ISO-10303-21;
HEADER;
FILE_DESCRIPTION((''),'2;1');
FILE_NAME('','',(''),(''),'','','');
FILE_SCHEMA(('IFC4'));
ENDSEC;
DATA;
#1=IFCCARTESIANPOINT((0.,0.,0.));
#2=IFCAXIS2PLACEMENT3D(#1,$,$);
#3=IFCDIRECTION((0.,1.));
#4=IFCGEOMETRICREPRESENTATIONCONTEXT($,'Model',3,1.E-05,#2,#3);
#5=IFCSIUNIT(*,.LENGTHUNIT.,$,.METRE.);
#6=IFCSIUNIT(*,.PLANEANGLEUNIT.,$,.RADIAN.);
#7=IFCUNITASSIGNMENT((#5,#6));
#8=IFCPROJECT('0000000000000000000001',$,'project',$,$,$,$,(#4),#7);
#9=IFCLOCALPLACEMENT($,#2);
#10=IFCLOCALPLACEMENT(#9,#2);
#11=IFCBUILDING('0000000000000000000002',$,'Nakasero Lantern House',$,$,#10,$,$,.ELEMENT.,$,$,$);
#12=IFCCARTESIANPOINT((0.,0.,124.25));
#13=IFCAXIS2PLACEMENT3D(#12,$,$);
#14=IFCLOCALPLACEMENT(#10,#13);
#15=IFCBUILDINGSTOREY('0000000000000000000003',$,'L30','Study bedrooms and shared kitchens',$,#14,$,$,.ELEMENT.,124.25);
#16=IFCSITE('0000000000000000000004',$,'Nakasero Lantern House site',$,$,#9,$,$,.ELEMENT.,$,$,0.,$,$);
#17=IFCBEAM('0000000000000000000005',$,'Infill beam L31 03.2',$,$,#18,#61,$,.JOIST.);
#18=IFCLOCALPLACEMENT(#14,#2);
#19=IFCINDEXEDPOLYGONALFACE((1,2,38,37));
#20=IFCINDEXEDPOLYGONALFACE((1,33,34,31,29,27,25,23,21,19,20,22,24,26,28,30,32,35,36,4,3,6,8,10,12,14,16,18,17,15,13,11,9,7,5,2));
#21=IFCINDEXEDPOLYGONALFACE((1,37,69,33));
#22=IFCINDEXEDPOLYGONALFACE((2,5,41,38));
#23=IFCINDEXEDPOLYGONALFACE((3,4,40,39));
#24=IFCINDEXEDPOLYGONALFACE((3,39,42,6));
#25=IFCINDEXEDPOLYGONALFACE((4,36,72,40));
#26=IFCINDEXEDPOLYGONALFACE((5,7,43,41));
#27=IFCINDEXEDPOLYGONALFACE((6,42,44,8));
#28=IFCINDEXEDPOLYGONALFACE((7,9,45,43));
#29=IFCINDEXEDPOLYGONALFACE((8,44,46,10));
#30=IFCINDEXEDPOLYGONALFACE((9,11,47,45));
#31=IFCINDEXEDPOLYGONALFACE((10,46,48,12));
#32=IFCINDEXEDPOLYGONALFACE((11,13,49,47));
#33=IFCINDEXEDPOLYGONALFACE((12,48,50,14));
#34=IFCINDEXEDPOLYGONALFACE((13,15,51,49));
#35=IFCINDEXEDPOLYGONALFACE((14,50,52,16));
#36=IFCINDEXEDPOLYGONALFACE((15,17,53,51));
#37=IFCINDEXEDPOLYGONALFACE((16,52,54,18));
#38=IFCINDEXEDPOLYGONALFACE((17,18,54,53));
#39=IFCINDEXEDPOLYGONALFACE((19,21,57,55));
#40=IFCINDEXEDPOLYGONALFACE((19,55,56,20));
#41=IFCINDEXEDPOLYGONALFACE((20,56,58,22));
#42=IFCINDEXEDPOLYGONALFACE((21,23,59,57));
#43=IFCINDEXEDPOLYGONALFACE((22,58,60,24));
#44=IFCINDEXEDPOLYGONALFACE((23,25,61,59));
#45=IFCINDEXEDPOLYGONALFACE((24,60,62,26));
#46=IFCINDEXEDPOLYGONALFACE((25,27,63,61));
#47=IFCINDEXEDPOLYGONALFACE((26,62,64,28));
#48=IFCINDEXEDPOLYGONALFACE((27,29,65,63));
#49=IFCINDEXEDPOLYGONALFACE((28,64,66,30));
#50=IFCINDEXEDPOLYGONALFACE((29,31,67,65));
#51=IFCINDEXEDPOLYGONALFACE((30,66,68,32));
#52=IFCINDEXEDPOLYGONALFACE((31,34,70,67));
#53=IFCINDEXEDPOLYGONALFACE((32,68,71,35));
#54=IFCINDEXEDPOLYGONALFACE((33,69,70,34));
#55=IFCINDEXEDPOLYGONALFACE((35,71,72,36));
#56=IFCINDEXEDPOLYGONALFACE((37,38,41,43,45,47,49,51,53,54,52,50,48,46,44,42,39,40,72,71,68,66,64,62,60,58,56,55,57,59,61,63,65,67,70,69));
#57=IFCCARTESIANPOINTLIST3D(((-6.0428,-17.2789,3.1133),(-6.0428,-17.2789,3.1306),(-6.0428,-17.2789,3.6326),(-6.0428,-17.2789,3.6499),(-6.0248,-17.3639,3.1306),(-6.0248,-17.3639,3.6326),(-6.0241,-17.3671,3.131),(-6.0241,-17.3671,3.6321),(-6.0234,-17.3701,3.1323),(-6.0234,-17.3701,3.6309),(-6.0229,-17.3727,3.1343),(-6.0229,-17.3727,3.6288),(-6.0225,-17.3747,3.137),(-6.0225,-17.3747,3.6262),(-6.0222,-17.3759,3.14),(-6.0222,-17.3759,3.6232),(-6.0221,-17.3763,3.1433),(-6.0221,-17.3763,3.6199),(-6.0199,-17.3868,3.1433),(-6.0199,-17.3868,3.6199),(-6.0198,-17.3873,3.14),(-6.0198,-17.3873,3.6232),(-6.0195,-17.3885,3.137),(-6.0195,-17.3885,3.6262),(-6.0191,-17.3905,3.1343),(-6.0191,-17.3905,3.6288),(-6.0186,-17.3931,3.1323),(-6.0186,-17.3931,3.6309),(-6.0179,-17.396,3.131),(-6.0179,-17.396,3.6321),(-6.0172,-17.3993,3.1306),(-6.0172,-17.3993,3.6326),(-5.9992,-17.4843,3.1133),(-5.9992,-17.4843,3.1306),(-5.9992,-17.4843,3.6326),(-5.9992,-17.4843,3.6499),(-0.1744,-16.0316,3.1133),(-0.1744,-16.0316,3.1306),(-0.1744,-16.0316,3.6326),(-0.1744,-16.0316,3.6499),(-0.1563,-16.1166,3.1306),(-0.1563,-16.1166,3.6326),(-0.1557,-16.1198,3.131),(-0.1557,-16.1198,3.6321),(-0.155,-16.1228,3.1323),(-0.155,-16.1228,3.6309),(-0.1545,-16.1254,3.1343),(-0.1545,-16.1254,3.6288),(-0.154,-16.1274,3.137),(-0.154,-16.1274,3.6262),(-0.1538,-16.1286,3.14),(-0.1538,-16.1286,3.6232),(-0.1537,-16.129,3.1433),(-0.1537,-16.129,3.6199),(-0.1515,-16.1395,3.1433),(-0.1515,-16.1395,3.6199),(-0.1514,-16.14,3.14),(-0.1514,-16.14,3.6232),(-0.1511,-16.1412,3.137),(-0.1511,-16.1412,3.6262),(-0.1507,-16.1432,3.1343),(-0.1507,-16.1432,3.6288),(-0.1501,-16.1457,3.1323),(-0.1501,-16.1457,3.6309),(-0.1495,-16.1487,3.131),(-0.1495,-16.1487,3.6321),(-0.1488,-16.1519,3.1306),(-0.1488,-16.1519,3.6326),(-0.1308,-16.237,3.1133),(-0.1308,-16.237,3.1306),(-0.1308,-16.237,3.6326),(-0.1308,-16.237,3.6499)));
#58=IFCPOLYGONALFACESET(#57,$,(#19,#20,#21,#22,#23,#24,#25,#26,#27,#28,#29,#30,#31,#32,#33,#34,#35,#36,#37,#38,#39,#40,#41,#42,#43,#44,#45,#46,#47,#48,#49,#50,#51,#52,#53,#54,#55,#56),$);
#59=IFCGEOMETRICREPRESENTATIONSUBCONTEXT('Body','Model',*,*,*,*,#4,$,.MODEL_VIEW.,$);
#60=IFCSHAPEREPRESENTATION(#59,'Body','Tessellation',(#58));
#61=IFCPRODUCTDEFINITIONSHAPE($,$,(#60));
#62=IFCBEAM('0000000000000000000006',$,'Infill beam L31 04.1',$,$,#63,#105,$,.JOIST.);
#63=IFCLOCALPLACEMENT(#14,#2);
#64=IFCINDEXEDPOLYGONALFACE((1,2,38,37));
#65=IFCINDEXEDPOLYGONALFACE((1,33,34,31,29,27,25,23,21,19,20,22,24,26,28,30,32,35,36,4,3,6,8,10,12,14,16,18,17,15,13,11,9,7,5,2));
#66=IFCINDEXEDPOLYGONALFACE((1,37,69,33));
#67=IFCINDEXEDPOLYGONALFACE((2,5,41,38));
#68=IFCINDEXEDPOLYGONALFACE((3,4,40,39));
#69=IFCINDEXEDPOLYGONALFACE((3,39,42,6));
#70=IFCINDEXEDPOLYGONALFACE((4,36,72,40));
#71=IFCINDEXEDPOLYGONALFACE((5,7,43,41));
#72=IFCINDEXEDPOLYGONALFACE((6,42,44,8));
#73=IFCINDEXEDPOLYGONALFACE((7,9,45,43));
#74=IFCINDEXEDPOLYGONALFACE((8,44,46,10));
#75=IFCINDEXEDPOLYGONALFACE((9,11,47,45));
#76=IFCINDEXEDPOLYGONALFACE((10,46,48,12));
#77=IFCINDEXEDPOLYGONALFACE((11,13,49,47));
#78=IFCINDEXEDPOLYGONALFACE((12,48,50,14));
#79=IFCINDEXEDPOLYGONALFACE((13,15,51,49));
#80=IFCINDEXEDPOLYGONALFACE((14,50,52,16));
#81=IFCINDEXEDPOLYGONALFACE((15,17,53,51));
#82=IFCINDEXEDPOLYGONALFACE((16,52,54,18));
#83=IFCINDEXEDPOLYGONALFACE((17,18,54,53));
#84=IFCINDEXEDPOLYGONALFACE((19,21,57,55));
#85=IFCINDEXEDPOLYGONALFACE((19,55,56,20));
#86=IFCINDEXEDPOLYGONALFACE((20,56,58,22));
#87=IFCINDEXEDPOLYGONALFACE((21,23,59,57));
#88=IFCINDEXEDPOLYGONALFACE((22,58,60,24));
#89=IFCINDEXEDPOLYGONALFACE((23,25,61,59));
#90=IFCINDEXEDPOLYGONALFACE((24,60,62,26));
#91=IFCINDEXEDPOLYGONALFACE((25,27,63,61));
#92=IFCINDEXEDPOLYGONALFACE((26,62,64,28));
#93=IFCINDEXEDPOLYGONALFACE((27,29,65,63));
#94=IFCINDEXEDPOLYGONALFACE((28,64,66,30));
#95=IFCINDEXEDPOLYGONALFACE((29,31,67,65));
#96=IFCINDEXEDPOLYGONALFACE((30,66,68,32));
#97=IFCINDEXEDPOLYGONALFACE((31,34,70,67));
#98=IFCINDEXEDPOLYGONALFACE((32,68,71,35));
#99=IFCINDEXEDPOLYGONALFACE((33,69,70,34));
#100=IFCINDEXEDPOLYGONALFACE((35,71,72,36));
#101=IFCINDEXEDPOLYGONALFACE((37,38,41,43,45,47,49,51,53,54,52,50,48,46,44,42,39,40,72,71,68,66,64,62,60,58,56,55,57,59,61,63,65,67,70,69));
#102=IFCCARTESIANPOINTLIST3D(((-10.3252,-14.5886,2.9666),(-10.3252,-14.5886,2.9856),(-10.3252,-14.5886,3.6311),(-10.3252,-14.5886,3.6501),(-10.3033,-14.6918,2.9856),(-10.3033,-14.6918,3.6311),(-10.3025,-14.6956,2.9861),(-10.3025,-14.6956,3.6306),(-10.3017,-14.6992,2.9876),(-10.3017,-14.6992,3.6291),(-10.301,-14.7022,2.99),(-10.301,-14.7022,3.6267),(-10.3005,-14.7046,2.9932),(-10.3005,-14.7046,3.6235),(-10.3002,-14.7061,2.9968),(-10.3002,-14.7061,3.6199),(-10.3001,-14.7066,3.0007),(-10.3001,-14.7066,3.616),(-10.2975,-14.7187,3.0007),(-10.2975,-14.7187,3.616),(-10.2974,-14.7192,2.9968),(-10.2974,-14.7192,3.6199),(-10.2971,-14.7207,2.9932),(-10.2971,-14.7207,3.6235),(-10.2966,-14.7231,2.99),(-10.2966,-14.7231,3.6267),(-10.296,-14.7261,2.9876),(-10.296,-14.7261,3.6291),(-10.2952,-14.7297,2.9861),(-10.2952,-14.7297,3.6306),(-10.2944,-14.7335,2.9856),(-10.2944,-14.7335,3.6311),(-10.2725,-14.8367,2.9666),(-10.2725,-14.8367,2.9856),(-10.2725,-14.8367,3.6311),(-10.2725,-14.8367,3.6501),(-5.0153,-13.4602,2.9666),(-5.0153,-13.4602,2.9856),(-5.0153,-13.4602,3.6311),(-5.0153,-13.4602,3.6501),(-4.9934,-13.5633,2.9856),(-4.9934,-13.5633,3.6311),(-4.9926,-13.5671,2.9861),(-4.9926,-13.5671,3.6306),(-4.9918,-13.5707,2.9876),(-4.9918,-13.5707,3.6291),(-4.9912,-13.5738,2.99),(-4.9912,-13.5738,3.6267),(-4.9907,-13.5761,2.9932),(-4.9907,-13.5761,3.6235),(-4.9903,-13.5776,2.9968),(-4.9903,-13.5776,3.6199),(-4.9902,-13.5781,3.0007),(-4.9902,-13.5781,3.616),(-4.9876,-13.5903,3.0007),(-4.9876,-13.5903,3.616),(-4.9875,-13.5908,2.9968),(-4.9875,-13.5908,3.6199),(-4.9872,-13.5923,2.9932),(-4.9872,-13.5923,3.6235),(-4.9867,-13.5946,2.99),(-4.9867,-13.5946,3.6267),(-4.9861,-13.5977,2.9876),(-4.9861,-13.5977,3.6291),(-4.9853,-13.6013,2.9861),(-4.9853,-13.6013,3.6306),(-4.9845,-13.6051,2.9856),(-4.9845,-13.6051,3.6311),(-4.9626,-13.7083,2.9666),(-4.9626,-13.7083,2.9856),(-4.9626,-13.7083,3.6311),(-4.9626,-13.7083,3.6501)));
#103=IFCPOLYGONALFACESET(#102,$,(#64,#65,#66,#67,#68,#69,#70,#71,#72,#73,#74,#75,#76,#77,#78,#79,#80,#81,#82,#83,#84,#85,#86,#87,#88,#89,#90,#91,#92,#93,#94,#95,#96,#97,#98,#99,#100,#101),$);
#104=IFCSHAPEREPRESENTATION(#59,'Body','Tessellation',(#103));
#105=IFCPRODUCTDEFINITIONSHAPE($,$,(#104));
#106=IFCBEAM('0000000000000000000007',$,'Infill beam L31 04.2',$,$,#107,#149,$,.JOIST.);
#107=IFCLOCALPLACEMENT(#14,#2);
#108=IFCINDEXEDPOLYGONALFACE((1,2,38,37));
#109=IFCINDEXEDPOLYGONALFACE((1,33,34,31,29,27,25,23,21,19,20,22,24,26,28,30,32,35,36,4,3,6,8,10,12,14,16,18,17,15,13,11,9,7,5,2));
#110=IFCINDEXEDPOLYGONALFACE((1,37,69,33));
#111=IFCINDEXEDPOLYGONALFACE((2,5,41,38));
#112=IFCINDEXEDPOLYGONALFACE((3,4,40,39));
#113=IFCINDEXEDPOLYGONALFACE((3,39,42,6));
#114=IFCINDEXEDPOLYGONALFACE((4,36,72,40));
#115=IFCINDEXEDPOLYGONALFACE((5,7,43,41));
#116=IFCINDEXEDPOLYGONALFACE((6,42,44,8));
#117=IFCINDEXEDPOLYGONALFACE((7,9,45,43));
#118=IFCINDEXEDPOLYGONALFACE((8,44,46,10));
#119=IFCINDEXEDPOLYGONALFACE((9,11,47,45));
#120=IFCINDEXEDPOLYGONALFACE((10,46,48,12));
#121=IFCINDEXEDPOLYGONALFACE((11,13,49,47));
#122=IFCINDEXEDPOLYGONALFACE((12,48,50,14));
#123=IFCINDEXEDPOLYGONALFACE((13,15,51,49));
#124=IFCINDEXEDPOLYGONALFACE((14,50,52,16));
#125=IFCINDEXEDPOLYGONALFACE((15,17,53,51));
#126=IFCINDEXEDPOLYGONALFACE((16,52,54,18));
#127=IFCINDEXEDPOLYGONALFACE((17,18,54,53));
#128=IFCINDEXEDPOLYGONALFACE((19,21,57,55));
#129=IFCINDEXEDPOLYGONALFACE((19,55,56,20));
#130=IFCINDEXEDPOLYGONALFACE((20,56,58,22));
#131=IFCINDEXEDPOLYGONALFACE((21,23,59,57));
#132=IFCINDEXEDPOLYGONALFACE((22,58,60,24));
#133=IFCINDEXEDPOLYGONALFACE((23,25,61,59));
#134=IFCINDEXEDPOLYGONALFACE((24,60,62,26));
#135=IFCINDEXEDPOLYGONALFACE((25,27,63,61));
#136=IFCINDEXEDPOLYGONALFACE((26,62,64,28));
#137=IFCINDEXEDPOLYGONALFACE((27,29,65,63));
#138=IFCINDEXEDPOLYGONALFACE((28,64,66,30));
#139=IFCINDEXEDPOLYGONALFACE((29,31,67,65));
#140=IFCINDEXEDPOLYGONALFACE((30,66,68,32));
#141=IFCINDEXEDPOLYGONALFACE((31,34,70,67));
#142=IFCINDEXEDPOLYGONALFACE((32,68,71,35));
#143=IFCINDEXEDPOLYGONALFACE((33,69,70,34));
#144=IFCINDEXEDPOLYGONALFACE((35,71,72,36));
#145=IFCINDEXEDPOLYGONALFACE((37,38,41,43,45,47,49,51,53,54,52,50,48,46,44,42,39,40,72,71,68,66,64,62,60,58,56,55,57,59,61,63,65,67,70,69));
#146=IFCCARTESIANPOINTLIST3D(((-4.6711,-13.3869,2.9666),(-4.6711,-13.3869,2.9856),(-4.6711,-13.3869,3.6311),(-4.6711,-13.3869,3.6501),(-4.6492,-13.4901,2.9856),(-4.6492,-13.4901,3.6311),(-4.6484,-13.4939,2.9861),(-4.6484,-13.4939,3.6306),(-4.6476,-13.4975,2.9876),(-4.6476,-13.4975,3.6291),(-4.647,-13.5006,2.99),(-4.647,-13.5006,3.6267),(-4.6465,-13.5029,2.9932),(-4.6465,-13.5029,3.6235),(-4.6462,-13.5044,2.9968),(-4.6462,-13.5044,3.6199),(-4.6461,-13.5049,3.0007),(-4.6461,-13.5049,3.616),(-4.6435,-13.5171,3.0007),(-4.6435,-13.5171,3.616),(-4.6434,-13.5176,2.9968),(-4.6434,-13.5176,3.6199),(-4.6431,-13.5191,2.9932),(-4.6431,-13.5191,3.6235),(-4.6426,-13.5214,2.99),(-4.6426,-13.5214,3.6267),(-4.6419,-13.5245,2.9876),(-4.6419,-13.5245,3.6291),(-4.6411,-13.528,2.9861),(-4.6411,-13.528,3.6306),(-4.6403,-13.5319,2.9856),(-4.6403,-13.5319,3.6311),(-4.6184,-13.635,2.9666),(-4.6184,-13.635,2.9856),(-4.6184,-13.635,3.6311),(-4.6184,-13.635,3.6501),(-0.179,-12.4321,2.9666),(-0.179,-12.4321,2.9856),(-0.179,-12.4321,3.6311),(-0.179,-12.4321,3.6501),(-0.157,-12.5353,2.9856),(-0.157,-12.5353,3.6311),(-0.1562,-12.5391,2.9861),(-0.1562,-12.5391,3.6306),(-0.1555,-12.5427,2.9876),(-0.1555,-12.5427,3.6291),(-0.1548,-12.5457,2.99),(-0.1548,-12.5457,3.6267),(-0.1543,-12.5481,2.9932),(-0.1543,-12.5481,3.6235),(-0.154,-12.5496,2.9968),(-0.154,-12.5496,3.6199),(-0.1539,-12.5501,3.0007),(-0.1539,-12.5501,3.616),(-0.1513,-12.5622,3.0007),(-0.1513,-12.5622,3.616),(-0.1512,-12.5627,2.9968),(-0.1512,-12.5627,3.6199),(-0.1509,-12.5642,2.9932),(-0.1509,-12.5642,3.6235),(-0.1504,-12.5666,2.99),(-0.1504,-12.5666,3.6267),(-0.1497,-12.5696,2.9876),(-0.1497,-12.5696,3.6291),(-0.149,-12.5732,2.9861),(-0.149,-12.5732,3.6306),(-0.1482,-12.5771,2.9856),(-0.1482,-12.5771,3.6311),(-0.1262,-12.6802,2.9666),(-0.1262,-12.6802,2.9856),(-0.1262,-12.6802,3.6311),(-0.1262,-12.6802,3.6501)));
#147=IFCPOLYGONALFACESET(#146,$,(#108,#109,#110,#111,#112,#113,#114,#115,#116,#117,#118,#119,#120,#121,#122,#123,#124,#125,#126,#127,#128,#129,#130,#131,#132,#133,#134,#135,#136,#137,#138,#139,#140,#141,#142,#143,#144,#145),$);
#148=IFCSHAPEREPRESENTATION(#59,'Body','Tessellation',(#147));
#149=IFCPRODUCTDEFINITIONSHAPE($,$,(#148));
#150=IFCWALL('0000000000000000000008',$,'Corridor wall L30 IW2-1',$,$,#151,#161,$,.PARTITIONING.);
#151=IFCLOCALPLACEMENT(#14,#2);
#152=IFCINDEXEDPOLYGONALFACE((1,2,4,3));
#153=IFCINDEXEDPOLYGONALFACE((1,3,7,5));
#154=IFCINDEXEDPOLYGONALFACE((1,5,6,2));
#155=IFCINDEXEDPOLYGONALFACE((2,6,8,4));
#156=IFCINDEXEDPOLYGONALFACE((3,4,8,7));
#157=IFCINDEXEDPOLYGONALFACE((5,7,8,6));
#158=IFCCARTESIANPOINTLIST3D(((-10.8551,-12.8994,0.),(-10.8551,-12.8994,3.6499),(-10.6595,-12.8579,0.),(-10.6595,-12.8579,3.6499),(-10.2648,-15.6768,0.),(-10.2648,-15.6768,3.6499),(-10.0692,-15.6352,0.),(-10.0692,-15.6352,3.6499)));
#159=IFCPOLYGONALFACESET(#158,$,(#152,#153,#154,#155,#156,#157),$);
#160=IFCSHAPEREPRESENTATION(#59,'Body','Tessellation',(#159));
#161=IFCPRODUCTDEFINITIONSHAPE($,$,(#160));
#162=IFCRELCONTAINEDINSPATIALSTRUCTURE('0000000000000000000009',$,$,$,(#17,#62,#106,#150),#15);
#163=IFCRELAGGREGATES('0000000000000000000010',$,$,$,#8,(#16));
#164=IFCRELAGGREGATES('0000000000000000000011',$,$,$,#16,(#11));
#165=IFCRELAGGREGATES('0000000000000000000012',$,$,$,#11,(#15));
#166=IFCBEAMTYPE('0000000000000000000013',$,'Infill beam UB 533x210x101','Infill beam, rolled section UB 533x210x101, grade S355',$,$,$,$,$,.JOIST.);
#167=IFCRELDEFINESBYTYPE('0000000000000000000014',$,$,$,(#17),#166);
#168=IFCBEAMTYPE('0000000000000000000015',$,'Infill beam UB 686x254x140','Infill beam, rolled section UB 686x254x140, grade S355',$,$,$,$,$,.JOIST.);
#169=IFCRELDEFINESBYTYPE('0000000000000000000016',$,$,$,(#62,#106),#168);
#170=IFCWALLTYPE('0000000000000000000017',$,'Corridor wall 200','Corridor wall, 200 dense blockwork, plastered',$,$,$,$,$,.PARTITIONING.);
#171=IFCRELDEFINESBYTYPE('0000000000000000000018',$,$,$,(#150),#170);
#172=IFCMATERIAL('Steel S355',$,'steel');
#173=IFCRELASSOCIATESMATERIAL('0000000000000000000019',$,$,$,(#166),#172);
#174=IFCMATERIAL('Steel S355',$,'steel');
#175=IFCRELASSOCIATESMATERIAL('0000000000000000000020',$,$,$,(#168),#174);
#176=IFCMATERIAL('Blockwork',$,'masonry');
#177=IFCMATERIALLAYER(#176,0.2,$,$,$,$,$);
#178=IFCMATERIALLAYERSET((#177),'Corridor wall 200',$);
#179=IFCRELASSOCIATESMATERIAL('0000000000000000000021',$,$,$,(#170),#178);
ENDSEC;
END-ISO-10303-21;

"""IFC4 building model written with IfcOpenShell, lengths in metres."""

from ifc_helpers import new_model, si_unit, direction, frame, frame_2d, origin, origin_2d, place, context, subcontext, project, spatial, rectangle, i_section, extrude, material, layer, layer_set, material_profile, profile_set, type_object, element, save


model = new_model("IFC4")

# Units and contexts
model_context = context("Model", 3, precision=1e-05, world=origin(), true_north=direction((0.0, 1.0)))
body_context = subcontext(model_context, "Body", "Model", "MODEL_VIEW")
ifc_project = project(units=[si_unit("LENGTHUNIT", "METRE"), si_unit("PLANEANGLEUNIT", "RADIAN")], contexts=[model_context])

# Site, building, storey
site_placement = place(None, origin())
site = spatial("IfcSite", under=ifc_project, at=site_placement, Name="Nakasero Lantern House site", CompositionType="ELEMENT", RefElevation=0.0)
building_placement = place(site_placement, origin())
building = spatial("IfcBuilding", under=site, at=building_placement, Name="Nakasero Lantern House", CompositionType="ELEMENT")
storey_placement = place(building_placement, frame((0.0, 0.0, 124.25)))
storey = spatial("IfcBuildingStorey", under=building, at=storey_placement, Name="L30", Description="Study bedrooms and shared kitchens", CompositionType="ELEMENT", Elevation=124.25)

# Beams
ifc_material_1 = material(Name="Steel S355", Category="steel")
ifc_material_profile_1 = material_profile(ifc_material_1, i_section(OverallWidth=0.21, OverallDepth=0.5366, WebThickness=0.0107, FlangeThickness=0.0173, FilletRadius=0.0127, at=origin_2d()), Name="UB 533x210x101")
ifc_profile_set_1 = profile_set([ifc_material_profile_1], Name="Steel S355")
beam_type_1 = type_object("IfcBeamType", Name="Infill beam UB 533x210x101", Description="Infill beam, rolled section UB 533x210x101, grade S355", PredefinedType="JOIST", material=ifc_profile_set_1)
beam_1_placement = place(storey_placement, frame((-6.021, -17.3816, 3.3816), z_axis=(0.978149, 0.207903, 0.0), x_axis=(-0.207903, 0.978149, 0.0)))
element("IfcBeam", 1, at=beam_1_placement, inside=storey, type_object=beam_type_1, Name="Infill beam L31 03.2", PredefinedType="JOIST", context=body_context, shape_type="SweptSolid", body=[
    extrude(i_section(OverallWidth=0.21, OverallDepth=0.5366, WebThickness=0.0107, FlangeThickness=0.0173, FilletRadius=0.0127, at=origin_2d()), origin(), (0.0, 0.0, 1.0), 5.9995),
])
ifc_material_2 = material(Name="Steel S355", Category="steel")
ifc_material_profile_2 = material_profile(ifc_material_2, i_section(OverallWidth=0.2537, OverallDepth=0.6836, WebThickness=0.0125, FlangeThickness=0.019, FilletRadius=0.0151, at=origin_2d()), Name="UB 686x254x140")
ifc_profile_set_2 = profile_set([ifc_material_profile_2], Name="Steel S355")
beam_type_2 = type_object("IfcBeamType", Name="Infill beam UB 686x254x140", Description="Infill beam, rolled section UB 686x254x140, grade S355", PredefinedType="JOIST", material=ifc_profile_set_2)
beam_2_placement = place(storey_placement, frame((-10.2988, -14.7126, 3.3083), z_axis=(0.978156, 0.207873, 0.0), x_axis=(-0.207873, 0.978156, 0.0)))
element("IfcBeam", 2, at=beam_2_placement, inside=storey, type_object=beam_type_2, Name="Infill beam L31 04.1", PredefinedType="JOIST", context=body_context, shape_type="SweptSolid", body=[
    extrude(i_section(OverallWidth=0.2537, OverallDepth=0.6836, WebThickness=0.0125, FlangeThickness=0.019, FilletRadius=0.0151, at=origin_2d()), origin(), (0.0, 0.0, 1.0), 5.4285),
])
beam_3_placement = place(storey_placement, frame((-4.6448, -13.511, 3.3083), z_axis=(0.978148, 0.20791, 0.0), x_axis=(-0.20791, 0.978148, 0.0)))
element("IfcBeam", 3, at=beam_3_placement, inside=storey, type_object=beam_type_2, Name="Infill beam L31 04.2", PredefinedType="JOIST", context=body_context, shape_type="SweptSolid", body=[
    extrude(i_section(OverallWidth=0.2537, OverallDepth=0.6836, WebThickness=0.0125, FlangeThickness=0.019, FilletRadius=0.0151, at=origin_2d()), origin(), (0.0, 0.0, 1.0), 4.5925),
])

# Wall
ifc_material_3 = material(Name="Blockwork", Category="masonry")
ifc_layer_1 = layer(ifc_material_3, 0.2)
ifc_layer_set_1 = layer_set([ifc_layer_1], Name="Corridor wall 200")
wall_type_1 = type_object("IfcWallType", Name="Corridor wall 200", Description="Corridor wall, 200 dense blockwork, plastered", PredefinedType="PARTITIONING", material=ifc_layer_set_1)
wall_1_placement = place(storey_placement, frame((-10.7573, -12.8787, 0.0), z_axis=(0.0, 0.0, 1.0), x_axis=(0.207908, -0.978148, 0.0)))
element("IfcWall", 4, at=wall_1_placement, inside=storey, type_object=wall_type_1, Name="Corridor wall L30 IW2-1", PredefinedType="PARTITIONING", context=body_context, shape_type="SweptSolid", body=[
    extrude(rectangle(XDim=2.8394, YDim=0.2, at=frame_2d((1.4197, 0.0))), origin(), (0.0, 0.0, 1.0), 3.6499),
])

save(model, "model.ifc")
